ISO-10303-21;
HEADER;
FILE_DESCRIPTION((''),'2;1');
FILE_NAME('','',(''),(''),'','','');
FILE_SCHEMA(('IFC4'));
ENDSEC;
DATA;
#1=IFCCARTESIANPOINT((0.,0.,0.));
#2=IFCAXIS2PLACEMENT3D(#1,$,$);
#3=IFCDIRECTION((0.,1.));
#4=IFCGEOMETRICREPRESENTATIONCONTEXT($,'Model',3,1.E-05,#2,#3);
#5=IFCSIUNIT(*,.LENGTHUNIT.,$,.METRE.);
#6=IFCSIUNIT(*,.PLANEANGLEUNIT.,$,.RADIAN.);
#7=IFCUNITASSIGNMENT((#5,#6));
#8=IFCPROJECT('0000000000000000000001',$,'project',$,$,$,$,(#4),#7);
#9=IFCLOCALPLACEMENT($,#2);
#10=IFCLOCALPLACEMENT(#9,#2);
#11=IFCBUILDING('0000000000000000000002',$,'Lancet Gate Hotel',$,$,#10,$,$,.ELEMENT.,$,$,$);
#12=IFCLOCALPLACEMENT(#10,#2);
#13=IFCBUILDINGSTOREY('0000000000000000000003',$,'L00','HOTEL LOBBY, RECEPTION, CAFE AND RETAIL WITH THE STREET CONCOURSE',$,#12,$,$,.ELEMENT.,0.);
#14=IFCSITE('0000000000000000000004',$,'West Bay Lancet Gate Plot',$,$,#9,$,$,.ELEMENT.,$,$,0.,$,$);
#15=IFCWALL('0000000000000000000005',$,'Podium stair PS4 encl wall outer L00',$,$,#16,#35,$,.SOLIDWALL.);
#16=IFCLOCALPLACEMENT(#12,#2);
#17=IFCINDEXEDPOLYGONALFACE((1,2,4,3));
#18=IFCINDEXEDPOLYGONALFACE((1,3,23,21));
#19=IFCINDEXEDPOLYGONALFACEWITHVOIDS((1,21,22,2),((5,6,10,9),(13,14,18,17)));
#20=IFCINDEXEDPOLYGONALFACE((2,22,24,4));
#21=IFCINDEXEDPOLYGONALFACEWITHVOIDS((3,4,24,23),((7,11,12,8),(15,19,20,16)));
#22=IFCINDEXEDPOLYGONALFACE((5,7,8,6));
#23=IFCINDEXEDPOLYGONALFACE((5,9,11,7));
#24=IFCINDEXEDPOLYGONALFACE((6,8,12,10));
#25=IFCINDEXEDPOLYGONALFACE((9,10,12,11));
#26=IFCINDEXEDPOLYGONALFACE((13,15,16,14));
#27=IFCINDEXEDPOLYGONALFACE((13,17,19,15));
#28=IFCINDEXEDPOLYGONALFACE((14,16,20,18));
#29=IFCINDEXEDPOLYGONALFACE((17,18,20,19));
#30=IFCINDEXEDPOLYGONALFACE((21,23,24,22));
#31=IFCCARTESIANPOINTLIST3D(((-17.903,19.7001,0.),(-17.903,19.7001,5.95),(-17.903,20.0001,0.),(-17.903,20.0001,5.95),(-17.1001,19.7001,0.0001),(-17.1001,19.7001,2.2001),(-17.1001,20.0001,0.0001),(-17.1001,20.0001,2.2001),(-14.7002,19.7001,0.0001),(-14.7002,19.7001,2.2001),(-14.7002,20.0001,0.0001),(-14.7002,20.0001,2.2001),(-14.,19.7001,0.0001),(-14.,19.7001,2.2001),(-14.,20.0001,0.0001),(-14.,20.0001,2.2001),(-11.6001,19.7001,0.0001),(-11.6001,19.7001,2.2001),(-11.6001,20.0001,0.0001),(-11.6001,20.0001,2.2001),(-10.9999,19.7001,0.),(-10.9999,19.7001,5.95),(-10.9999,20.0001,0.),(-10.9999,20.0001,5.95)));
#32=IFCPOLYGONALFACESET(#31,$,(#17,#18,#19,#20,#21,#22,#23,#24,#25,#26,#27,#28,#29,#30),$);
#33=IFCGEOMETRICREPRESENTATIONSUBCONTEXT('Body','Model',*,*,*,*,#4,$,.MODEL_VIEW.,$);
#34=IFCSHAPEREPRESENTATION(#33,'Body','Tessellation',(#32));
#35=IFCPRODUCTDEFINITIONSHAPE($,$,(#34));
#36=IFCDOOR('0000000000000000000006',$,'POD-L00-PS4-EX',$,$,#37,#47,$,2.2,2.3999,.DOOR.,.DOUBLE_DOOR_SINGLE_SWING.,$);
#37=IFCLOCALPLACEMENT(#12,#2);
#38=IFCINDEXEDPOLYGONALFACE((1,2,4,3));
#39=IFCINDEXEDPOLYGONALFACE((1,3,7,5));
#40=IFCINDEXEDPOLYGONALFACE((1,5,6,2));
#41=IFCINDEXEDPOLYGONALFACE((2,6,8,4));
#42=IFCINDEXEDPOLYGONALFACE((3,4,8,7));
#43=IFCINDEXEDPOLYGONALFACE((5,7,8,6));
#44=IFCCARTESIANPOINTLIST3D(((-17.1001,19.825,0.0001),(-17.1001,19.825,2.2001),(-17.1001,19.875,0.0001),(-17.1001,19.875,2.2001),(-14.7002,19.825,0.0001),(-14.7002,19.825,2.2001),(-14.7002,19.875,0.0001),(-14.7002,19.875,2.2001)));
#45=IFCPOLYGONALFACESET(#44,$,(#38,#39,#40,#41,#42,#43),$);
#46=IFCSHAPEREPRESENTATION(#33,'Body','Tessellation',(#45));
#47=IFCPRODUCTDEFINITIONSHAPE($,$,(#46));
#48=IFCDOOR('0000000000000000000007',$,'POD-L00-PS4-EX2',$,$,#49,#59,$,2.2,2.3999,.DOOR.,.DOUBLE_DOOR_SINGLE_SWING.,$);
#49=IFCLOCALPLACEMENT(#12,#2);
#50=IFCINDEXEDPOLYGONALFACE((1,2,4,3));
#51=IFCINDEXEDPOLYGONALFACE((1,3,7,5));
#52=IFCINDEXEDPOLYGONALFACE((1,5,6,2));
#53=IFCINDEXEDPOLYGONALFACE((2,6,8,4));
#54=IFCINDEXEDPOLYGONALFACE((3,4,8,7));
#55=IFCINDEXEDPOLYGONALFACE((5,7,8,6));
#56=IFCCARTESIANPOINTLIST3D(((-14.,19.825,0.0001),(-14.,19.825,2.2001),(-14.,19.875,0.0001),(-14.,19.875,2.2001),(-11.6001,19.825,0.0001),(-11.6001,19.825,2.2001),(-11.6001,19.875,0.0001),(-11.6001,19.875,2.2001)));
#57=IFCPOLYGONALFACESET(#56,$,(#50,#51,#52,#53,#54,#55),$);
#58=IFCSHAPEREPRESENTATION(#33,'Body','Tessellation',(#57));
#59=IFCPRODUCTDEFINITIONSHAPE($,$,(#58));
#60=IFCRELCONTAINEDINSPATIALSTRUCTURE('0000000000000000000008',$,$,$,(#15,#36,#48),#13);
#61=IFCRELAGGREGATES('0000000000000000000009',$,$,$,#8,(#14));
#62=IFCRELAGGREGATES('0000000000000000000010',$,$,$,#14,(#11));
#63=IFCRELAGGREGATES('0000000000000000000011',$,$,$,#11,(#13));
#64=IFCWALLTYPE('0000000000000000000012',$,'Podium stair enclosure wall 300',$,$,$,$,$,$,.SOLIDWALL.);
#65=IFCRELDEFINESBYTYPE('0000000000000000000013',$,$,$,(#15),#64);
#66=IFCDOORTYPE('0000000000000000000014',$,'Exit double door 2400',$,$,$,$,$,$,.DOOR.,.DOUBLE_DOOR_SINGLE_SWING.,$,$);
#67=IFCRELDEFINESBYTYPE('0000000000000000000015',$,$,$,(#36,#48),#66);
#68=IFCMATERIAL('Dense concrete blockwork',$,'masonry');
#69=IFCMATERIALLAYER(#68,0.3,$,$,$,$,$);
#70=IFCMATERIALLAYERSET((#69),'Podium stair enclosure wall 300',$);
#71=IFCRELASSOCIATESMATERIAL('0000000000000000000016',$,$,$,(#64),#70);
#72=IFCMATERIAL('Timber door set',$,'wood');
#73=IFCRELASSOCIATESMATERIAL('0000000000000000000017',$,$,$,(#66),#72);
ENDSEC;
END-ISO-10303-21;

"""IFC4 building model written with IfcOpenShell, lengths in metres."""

from ifc_helpers import new_model, si_unit, direction, frame, frame_2d, origin, place, context, subcontext, project, spatial, rectangle, extrude, material, layer, layer_set, type_object, element, fill, save


model = new_model("IFC4")

# Units and contexts
model_context = context("Model", 3, precision=1e-05, world=origin(), true_north=direction((0.0, 1.0)))
body_context = subcontext(model_context, "Body", "Model", "MODEL_VIEW")
ifc_project = project(units=[si_unit("LENGTHUNIT", "METRE"), si_unit("PLANEANGLEUNIT", "RADIAN")], contexts=[model_context])

# Site, building, storey
site_placement = place(None, origin())
site = spatial("IfcSite", under=ifc_project, at=site_placement, Name="West Bay Lancet Gate Plot", CompositionType="ELEMENT", RefElevation=0.0)
building_placement = place(site_placement, origin())
building = spatial("IfcBuilding", under=site, at=building_placement, Name="Lancet Gate Hotel", CompositionType="ELEMENT")
storey_placement = place(building_placement, origin())
storey = spatial("IfcBuildingStorey", under=building, at=storey_placement, Name="L00", Description="HOTEL LOBBY, RECEPTION, CAFE AND RETAIL WITH THE STREET CONCOURSE", CompositionType="ELEMENT", Elevation=0.0)

# Wall, openings, doors
ifc_material_1 = material(Name="Dense concrete blockwork", Category="masonry")
ifc_layer_1 = layer(ifc_material_1, 0.3)
ifc_layer_set_1 = layer_set([ifc_layer_1], Name="Podium stair enclosure wall 300")
wall_type_1 = type_object("IfcWallType", Name="Podium stair enclosure wall 300", PredefinedType="SOLIDWALL", material=ifc_layer_set_1)
wall_1_placement = place(storey_placement, frame((-17.9031, 19.8501, 0.0), z_axis=(0.0, 0.0, 1.0), x_axis=(1.0, 0.0, 0.0)))
wall_1 = element("IfcWall", 1, at=wall_1_placement, inside=storey, type_object=wall_type_1, Name="Podium stair PS4 encl wall outer L00", PredefinedType="SOLIDWALL", context=body_context, shape_type="SweptSolid", body=[
    extrude(rectangle(XDim=6.9031, YDim=0.3, at=frame_2d((3.4517, 0.0))), origin(), (0.0, 0.0, 1.0), 5.95),
])
opening_1_placement = place(wall_1_placement, frame((0.803, 0.0, 0.0)))
opening_1 = element("IfcOpeningElement", 2, at=opening_1_placement, cuts=wall_1, PredefinedType="OPENING", context=body_context, shape_type="SweptSolid", body=[
    extrude(rectangle(XDim=2.3999, YDim=2.2, at=frame_2d((1.2, 1.1001))), frame((0.0, 0.1599, 0.0), z_axis=(0.0, -1.0, 0.0), x_axis=(1.0, 0.0, 0.0)), (0.0, 0.0, 1.0), 0.3201),
])
opening_2_placement = place(wall_1_placement, frame((3.9031, 0.0, 0.0)))
opening_2 = element("IfcOpeningElement", 3, at=opening_2_placement, cuts=wall_1, PredefinedType="OPENING", context=body_context, shape_type="SweptSolid", body=[
    extrude(rectangle(XDim=2.3999, YDim=2.2, at=frame_2d((1.2, 1.1001))), frame((0.0, 0.1599, 0.0), z_axis=(0.0, -1.0, 0.0), x_axis=(1.0, 0.0, 0.0)), (0.0, 0.0, 1.0), 0.3201),
])
ifc_material_2 = material(Name="Timber door set", Category="wood")
door_type = type_object("IfcDoorType", Name="Exit double door 2400", OperationType="DOUBLE_DOOR_SINGLE_SWING", PredefinedType="DOOR", material=ifc_material_2)
door_1_placement = place(opening_1_placement, origin())
door_1 = element("IfcDoor", 4, at=door_1_placement, inside=storey, type_object=door_type, Name="POD-L00-PS4-EX", OperationType="DOUBLE_DOOR_SINGLE_SWING", OverallHeight=2.2, OverallWidth=2.3999, PredefinedType="DOOR", context=body_context, shape_type="SweptSolid", body=[
    extrude(rectangle(XDim=2.3999, YDim=2.2, at=frame_2d((1.2, 1.1001))), frame((0.0, 0.0249, 0.0), z_axis=(0.0, -1.0, 0.0), x_axis=(1.0, 0.0, 0.0)), (0.0, 0.0, 1.0), 0.05),
])
fill(opening_1, door_1)
door_2_placement = place(opening_2_placement, origin())
door_2 = element("IfcDoor", 5, at=door_2_placement, inside=storey, type_object=door_type, Name="POD-L00-PS4-EX2", OperationType="DOUBLE_DOOR_SINGLE_SWING", OverallHeight=2.2, OverallWidth=2.3999, PredefinedType="DOOR", context=body_context, shape_type="SweptSolid", body=[
    extrude(rectangle(XDim=2.3999, YDim=2.2, at=frame_2d((1.2, 1.1001))), frame((0.0, 0.0249, 0.0), z_axis=(0.0, -1.0, 0.0), x_axis=(1.0, 0.0, 0.0)), (0.0, 0.0, 1.0), 0.05),
])
fill(opening_2, door_2)

save(model, "model.ifc")
